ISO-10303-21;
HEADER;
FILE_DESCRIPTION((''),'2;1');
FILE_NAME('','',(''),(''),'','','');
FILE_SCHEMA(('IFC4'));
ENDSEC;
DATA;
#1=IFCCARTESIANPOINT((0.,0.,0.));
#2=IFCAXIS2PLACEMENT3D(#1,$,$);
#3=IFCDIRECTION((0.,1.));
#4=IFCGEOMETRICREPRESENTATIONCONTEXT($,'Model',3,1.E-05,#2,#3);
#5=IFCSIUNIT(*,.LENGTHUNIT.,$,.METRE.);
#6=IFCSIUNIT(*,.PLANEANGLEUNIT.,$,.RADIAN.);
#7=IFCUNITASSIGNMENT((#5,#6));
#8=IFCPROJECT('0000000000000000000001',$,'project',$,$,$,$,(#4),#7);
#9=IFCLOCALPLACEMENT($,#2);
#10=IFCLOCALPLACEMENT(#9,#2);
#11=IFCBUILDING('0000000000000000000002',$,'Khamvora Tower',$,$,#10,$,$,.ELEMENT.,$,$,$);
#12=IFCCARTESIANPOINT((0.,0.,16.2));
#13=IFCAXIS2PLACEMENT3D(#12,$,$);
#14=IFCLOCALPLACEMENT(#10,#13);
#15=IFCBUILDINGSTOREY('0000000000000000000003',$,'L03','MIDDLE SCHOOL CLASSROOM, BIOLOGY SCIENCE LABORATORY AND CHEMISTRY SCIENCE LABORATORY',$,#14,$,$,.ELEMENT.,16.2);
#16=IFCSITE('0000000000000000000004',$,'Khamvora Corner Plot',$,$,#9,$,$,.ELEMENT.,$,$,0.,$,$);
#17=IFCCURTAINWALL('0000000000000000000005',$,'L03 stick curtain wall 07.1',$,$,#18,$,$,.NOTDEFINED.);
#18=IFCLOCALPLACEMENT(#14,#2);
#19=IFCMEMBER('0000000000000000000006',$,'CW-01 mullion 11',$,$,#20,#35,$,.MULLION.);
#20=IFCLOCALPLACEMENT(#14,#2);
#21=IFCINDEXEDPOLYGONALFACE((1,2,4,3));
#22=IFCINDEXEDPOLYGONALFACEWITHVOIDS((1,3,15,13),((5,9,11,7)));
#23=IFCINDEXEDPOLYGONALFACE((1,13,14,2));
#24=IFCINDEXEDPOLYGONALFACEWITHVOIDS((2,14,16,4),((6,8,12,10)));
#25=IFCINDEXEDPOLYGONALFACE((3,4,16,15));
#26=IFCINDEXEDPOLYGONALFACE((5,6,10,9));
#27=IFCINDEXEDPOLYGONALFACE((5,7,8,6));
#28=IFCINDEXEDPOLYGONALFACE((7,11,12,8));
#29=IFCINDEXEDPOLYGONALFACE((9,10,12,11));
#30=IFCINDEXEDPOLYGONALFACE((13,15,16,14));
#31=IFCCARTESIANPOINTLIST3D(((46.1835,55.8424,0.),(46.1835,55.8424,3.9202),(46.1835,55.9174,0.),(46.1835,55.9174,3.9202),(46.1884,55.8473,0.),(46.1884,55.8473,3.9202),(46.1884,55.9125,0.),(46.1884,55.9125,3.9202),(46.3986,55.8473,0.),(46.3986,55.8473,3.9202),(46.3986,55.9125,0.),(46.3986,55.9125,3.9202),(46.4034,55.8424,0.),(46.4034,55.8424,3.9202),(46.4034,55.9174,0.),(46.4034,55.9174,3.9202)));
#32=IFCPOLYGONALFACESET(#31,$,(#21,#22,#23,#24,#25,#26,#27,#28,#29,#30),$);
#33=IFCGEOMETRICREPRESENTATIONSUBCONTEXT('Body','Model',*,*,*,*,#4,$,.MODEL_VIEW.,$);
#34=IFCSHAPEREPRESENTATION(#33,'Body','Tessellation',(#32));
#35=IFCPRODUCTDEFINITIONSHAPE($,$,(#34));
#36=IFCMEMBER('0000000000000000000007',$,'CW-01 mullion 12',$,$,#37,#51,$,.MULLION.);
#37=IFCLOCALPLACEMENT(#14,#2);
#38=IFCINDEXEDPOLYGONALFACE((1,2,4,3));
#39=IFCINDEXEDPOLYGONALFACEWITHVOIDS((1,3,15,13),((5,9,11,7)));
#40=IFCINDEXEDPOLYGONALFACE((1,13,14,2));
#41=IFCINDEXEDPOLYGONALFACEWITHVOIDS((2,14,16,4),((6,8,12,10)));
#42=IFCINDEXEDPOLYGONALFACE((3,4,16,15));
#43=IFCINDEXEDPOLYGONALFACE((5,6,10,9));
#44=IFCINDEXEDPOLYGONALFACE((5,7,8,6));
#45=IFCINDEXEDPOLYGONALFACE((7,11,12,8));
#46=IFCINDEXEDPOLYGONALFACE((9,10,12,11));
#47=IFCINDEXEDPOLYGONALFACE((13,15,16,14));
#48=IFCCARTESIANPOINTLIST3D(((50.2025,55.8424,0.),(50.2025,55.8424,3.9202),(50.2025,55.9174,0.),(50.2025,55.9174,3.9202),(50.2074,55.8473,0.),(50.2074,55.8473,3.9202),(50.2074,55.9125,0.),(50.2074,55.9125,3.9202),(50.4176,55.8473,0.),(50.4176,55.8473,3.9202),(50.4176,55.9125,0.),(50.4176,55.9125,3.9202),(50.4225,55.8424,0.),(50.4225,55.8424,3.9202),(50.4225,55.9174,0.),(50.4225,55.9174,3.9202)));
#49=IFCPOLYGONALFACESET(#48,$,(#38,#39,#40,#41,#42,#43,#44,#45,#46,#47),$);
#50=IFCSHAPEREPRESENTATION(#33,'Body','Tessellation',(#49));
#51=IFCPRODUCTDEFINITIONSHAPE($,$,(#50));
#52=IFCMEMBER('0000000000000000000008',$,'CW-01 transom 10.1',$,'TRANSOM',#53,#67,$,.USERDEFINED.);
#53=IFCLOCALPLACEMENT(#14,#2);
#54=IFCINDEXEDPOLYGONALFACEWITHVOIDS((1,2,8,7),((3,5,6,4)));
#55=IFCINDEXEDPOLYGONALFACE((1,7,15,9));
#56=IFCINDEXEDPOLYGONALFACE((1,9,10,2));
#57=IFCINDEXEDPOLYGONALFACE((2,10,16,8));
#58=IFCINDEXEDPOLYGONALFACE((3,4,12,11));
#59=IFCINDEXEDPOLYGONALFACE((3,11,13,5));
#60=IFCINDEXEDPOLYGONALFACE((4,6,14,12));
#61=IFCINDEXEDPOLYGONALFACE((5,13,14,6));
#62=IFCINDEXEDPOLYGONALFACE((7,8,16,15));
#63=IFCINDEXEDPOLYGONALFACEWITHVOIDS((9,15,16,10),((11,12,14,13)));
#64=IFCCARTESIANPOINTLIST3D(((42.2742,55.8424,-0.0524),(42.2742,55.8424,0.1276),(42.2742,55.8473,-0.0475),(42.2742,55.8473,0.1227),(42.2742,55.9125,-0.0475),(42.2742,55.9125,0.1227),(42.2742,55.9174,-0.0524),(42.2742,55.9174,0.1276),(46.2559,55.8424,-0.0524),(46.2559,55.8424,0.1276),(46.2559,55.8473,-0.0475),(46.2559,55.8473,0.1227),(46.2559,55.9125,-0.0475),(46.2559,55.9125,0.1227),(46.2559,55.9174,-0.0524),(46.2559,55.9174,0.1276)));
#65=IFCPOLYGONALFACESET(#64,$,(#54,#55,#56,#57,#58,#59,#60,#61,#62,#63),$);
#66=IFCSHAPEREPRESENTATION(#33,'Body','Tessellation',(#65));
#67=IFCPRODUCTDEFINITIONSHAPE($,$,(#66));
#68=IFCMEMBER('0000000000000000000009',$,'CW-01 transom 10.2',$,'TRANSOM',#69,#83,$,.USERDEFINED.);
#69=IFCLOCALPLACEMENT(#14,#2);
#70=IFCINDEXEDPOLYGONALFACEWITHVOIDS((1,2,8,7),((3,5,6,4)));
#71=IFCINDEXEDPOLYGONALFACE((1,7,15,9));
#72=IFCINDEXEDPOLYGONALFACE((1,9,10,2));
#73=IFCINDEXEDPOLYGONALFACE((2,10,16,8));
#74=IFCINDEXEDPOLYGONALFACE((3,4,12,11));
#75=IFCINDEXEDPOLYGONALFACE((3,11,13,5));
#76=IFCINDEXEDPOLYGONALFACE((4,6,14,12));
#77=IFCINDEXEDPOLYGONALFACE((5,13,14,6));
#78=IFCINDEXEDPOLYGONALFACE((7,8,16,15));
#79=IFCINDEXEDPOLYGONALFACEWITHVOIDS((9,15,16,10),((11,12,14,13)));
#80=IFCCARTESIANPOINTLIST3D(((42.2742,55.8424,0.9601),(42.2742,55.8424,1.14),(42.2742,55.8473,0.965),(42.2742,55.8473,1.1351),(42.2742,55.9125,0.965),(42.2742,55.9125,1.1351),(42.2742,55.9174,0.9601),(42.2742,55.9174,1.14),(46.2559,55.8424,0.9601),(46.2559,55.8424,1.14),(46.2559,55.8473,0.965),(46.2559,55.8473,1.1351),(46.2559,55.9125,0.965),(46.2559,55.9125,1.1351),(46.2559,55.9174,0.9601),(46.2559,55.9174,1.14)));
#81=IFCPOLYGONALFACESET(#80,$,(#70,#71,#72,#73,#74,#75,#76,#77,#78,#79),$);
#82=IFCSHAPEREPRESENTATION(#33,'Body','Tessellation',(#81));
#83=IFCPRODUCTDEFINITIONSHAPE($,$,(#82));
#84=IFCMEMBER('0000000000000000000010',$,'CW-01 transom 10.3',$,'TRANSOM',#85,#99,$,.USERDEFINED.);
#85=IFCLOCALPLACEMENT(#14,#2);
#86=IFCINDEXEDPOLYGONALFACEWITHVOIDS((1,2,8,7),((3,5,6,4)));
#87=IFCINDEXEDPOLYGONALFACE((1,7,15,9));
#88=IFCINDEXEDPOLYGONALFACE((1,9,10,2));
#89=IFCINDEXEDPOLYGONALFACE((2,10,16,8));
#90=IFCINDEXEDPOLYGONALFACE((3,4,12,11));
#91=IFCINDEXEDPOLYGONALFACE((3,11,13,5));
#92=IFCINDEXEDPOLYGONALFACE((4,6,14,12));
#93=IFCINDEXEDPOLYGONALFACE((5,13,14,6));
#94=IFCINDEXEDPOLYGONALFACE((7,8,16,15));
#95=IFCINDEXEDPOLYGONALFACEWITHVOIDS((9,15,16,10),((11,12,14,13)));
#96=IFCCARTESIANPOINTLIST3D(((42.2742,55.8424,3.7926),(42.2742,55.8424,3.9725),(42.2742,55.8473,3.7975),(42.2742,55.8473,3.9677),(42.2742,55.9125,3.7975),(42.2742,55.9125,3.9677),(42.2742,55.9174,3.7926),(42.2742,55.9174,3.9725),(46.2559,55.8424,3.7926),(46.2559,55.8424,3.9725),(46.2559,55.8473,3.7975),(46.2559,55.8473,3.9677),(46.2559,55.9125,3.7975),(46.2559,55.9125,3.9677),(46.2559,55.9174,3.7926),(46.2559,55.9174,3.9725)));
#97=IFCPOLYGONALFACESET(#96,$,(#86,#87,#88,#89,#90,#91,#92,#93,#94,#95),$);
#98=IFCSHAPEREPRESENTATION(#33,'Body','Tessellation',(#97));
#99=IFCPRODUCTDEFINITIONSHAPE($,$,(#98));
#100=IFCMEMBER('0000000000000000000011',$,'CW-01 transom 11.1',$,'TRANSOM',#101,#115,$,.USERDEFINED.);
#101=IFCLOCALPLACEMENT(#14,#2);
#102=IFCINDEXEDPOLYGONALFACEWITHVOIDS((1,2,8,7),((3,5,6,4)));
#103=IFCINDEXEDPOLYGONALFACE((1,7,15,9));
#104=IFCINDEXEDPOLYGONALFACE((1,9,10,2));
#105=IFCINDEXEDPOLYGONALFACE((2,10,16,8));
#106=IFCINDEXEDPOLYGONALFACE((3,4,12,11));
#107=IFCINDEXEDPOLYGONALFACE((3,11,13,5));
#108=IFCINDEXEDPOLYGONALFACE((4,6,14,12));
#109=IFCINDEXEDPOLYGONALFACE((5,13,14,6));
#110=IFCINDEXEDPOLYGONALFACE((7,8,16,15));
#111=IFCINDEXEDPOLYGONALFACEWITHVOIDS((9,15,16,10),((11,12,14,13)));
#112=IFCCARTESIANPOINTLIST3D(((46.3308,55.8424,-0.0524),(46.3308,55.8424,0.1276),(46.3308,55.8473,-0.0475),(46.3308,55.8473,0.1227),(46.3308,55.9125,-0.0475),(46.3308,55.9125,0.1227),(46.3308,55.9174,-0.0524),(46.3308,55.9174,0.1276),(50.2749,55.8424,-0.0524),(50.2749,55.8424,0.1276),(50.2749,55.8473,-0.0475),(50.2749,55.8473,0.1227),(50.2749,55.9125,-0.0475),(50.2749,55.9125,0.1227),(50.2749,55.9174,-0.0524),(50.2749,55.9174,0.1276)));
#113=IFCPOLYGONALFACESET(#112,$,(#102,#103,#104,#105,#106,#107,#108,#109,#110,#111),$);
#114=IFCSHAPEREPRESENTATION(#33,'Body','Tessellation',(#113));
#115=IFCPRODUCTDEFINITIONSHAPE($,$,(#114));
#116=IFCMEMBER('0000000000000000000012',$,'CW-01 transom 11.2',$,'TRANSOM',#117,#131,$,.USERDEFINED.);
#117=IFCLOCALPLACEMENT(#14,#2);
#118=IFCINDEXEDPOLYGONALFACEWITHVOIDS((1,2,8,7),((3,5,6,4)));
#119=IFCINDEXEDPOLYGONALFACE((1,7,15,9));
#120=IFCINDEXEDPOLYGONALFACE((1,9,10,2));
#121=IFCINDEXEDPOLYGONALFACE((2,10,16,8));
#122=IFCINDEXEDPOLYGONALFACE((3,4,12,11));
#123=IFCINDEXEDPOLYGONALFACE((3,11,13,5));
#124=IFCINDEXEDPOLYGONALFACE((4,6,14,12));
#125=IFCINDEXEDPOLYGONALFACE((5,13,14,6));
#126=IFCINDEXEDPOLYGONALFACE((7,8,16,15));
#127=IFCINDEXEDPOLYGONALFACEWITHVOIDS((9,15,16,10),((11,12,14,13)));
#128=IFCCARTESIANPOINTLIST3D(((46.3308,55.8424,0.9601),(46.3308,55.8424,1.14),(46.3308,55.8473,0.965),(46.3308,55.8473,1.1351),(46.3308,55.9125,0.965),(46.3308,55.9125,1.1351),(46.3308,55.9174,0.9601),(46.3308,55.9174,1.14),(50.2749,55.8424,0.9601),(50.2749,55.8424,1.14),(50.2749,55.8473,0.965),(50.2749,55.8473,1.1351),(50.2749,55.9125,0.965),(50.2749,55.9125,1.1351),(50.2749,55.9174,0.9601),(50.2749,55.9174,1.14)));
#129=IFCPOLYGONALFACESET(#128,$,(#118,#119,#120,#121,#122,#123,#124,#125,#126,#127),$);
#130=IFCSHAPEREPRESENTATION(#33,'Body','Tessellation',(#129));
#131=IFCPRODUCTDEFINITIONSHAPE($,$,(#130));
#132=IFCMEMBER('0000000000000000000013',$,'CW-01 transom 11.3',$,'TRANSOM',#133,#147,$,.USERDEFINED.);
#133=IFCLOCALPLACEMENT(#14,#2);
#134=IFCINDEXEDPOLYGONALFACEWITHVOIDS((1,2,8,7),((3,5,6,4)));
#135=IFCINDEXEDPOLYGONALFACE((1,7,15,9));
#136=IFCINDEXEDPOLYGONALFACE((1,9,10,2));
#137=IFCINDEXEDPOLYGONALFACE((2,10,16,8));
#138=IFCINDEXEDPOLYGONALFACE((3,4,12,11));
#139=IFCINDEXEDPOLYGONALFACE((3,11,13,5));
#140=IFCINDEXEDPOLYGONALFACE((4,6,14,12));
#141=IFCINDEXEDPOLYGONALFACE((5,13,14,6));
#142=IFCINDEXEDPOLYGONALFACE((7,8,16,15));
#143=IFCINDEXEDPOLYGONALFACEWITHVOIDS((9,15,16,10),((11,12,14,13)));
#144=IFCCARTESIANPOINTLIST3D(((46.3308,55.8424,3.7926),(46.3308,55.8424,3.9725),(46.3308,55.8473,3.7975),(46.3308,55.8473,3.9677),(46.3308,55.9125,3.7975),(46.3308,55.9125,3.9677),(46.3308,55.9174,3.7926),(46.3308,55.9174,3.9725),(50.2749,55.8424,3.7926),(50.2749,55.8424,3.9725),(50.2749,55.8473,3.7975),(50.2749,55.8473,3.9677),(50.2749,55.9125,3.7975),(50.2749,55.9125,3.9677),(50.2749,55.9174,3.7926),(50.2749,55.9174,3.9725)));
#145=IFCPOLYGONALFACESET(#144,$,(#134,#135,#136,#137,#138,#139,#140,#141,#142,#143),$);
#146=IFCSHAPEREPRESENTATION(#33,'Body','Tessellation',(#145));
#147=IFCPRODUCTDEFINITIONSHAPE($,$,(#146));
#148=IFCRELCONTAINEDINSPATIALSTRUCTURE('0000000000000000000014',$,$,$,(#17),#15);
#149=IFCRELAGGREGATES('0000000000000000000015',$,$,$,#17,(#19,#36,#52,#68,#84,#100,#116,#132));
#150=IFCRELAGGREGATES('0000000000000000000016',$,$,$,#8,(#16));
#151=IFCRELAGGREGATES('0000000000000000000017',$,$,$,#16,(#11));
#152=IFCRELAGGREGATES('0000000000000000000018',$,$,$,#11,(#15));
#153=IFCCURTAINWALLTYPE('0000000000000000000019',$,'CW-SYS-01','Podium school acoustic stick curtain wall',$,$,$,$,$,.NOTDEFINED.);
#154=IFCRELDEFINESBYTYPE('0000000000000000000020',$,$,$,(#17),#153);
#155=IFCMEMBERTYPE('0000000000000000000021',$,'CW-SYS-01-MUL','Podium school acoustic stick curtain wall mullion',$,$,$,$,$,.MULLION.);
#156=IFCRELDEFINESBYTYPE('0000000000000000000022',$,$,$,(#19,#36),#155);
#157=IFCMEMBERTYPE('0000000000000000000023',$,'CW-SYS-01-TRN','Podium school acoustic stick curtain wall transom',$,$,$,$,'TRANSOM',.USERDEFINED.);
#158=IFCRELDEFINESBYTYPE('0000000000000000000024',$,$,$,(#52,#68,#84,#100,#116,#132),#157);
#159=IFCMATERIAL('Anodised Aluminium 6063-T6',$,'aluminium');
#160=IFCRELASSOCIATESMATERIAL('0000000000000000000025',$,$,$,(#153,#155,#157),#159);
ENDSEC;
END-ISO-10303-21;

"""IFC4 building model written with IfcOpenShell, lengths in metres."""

from ifc_helpers import new_model, si_unit, direction, frame, origin, origin_2d, place, context, subcontext, project, spatial, hollow_rectangle, extrude, material, material_profile, profile_set, type_object, element, aggregate, save


model = new_model("IFC4")

# Units and contexts
model_context = context("Model", 3, precision=1e-05, world=origin(), true_north=direction((0.0, 1.0)))
body_context = subcontext(model_context, "Body", "Model", "MODEL_VIEW")
ifc_project = project(units=[si_unit("LENGTHUNIT", "METRE"), si_unit("PLANEANGLEUNIT", "RADIAN")], contexts=[model_context])

# Site, building, storey
site_placement = place(None, origin())
site = spatial("IfcSite", under=ifc_project, at=site_placement, Name="Khamvora Corner Plot", CompositionType="ELEMENT", RefElevation=0.0)
building_placement = place(site_placement, origin())
building = spatial("IfcBuilding", under=site, at=building_placement, Name="Khamvora Tower", CompositionType="ELEMENT")
storey_placement = place(building_placement, frame((0.0, 0.0, 16.2)))
storey = spatial("IfcBuildingStorey", under=building, at=storey_placement, Name="L03", Description="MIDDLE SCHOOL CLASSROOM, BIOLOGY SCIENCE LABORATORY AND CHEMISTRY SCIENCE LABORATORY", CompositionType="ELEMENT", Elevation=16.2)

# Curtain wall, members
ifc_material_1 = material(Name="Anodised Aluminium 6063-T6", Category="aluminium")
curtain_wall_type = type_object("IfcCurtainWallType", Name="CW-SYS-01", Description="Podium school acoustic stick curtain wall", PredefinedType="NOTDEFINED", material=ifc_material_1)
curtain_wall_placement = place(storey_placement, origin())
curtain_wall = element("IfcCurtainWall", 1, at=curtain_wall_placement, inside=storey, type_object=curtain_wall_type, Name="L03 stick curtain wall 07.1", PredefinedType="NOTDEFINED")
ifc_material_profile_1 = material_profile(ifc_material_1, hollow_rectangle(XDim=0.075, YDim=0.22, WallThickness=0.0049, at=origin_2d()), Name="MUL75x220x5")
ifc_profile_set_1 = profile_set([ifc_material_profile_1], Name="Anodised Aluminium 6063-T6")
member_type_1 = type_object("IfcMemberType", Name="CW-SYS-01-MUL", Description="Podium school acoustic stick curtain wall mullion", PredefinedType="MULLION", material=ifc_profile_set_1)
member_1_placement = place(storey_placement, frame((46.2935, 55.8799, 0.0), z_axis=(0.0, 0.0, 1.0), x_axis=(0.0, 1.0, 0.0)))
member_1 = element("IfcMember", 2, at=member_1_placement, type_object=member_type_1, Name="CW-01 mullion 11", PredefinedType="MULLION", context=body_context, shape_type="SweptSolid", body=[
    extrude(hollow_rectangle(XDim=0.075, YDim=0.22, WallThickness=0.0049, at=origin_2d()), origin(), (0.0, 0.0, 1.0), 3.9202),
])
member_2_placement = place(storey_placement, frame((50.3125, 55.8799, 0.0), z_axis=(0.0, 0.0, 1.0), x_axis=(0.0, 1.0, 0.0)))
member_2 = element("IfcMember", 3, at=member_2_placement, type_object=member_type_1, Name="CW-01 mullion 12", PredefinedType="MULLION", context=body_context, shape_type="SweptSolid", body=[
    extrude(hollow_rectangle(XDim=0.075, YDim=0.22, WallThickness=0.0049, at=origin_2d()), origin(), (0.0, 0.0, 1.0), 3.9202),
])
ifc_material_profile_2 = material_profile(ifc_material_1, hollow_rectangle(XDim=0.075, YDim=0.1799, WallThickness=0.0049, at=origin_2d()), Name="TRN75x180x5")
ifc_profile_set_2 = profile_set([ifc_material_profile_2], Name="Anodised Aluminium 6063-T6")
member_type_2 = type_object("IfcMemberType", Name="CW-SYS-01-TRN", Description="Podium school acoustic stick curtain wall transom", ElementType="TRANSOM", PredefinedType="USERDEFINED", material=ifc_profile_set_2)
member_3_placement = place(storey_placement, frame((42.2742, 55.8799, 0.0376), z_axis=(1.0, 0.0, 0.0), x_axis=(0.0, 1.0, 0.0)))
member_3 = element("IfcMember", 4, at=member_3_placement, type_object=member_type_2, Name="CW-01 transom 10.1", ObjectType="TRANSOM", PredefinedType="USERDEFINED", context=body_context, shape_type="SweptSolid", body=[
    extrude(hollow_rectangle(XDim=0.075, YDim=0.1799, WallThickness=0.0049, at=origin_2d()), origin(), (0.0, 0.0, 1.0), 3.9817),
])
member_4_placement = place(storey_placement, frame((42.2742, 55.8799, 1.05), z_axis=(1.0, 0.0, 0.0), x_axis=(0.0, 1.0, 0.0)))
member_4 = element("IfcMember", 5, at=member_4_placement, type_object=member_type_2, Name="CW-01 transom 10.2", ObjectType="TRANSOM", PredefinedType="USERDEFINED", context=body_context, shape_type="SweptSolid", body=[
    extrude(hollow_rectangle(XDim=0.075, YDim=0.1799, WallThickness=0.0049, at=origin_2d()), origin(), (0.0, 0.0, 1.0), 3.9817),
])
member_5_placement = place(storey_placement, frame((42.2742, 55.8799, 3.8826), z_axis=(1.0, 0.0, 0.0), x_axis=(0.0, 1.0, 0.0)))
member_5 = element("IfcMember", 6, at=member_5_placement, type_object=member_type_2, Name="CW-01 transom 10.3", ObjectType="TRANSOM", PredefinedType="USERDEFINED", context=body_context, shape_type="SweptSolid", body=[
    extrude(hollow_rectangle(XDim=0.075, YDim=0.1799, WallThickness=0.0049, at=origin_2d()), origin(), (0.0, 0.0, 1.0), 3.9817),
])
member_6_placement = place(storey_placement, frame((46.3308, 55.8799, 0.0376), z_axis=(1.0, 0.0, 0.0), x_axis=(0.0, 1.0, 0.0)))
member_6 = element("IfcMember", 7, at=member_6_placement, type_object=member_type_2, Name="CW-01 transom 11.1", ObjectType="TRANSOM", PredefinedType="USERDEFINED", context=body_context, shape_type="SweptSolid", body=[
    extrude(hollow_rectangle(XDim=0.075, YDim=0.1799, WallThickness=0.0049, at=origin_2d()), origin(), (0.0, 0.0, 1.0), 3.9441),
])
member_7_placement = place(storey_placement, frame((46.3308, 55.8799, 1.05), z_axis=(1.0, 0.0, 0.0), x_axis=(0.0, 1.0, 0.0)))
member_7 = element("IfcMember", 8, at=member_7_placement, type_object=member_type_2, Name="CW-01 transom 11.2", ObjectType="TRANSOM", PredefinedType="USERDEFINED", context=body_context, shape_type="SweptSolid", body=[
    extrude(hollow_rectangle(XDim=0.075, YDim=0.1799, WallThickness=0.0049, at=origin_2d()), origin(), (0.0, 0.0, 1.0), 3.9441),
])
member_8_placement = place(storey_placement, frame((46.3308, 55.8799, 3.8826), z_axis=(1.0, 0.0, 0.0), x_axis=(0.0, 1.0, 0.0)))
member_8 = element("IfcMember", 9, at=member_8_placement, type_object=member_type_2, Name="CW-01 transom 11.3", ObjectType="TRANSOM", PredefinedType="USERDEFINED", context=body_context, shape_type="SweptSolid", body=[
    extrude(hollow_rectangle(XDim=0.075, YDim=0.1799, WallThickness=0.0049, at=origin_2d()), origin(), (0.0, 0.0, 1.0), 3.9441),
])

aggregate(curtain_wall, [member_1, member_2, member_3, member_4, member_5, member_6, member_7, member_8])

save(model, "model.ifc")
